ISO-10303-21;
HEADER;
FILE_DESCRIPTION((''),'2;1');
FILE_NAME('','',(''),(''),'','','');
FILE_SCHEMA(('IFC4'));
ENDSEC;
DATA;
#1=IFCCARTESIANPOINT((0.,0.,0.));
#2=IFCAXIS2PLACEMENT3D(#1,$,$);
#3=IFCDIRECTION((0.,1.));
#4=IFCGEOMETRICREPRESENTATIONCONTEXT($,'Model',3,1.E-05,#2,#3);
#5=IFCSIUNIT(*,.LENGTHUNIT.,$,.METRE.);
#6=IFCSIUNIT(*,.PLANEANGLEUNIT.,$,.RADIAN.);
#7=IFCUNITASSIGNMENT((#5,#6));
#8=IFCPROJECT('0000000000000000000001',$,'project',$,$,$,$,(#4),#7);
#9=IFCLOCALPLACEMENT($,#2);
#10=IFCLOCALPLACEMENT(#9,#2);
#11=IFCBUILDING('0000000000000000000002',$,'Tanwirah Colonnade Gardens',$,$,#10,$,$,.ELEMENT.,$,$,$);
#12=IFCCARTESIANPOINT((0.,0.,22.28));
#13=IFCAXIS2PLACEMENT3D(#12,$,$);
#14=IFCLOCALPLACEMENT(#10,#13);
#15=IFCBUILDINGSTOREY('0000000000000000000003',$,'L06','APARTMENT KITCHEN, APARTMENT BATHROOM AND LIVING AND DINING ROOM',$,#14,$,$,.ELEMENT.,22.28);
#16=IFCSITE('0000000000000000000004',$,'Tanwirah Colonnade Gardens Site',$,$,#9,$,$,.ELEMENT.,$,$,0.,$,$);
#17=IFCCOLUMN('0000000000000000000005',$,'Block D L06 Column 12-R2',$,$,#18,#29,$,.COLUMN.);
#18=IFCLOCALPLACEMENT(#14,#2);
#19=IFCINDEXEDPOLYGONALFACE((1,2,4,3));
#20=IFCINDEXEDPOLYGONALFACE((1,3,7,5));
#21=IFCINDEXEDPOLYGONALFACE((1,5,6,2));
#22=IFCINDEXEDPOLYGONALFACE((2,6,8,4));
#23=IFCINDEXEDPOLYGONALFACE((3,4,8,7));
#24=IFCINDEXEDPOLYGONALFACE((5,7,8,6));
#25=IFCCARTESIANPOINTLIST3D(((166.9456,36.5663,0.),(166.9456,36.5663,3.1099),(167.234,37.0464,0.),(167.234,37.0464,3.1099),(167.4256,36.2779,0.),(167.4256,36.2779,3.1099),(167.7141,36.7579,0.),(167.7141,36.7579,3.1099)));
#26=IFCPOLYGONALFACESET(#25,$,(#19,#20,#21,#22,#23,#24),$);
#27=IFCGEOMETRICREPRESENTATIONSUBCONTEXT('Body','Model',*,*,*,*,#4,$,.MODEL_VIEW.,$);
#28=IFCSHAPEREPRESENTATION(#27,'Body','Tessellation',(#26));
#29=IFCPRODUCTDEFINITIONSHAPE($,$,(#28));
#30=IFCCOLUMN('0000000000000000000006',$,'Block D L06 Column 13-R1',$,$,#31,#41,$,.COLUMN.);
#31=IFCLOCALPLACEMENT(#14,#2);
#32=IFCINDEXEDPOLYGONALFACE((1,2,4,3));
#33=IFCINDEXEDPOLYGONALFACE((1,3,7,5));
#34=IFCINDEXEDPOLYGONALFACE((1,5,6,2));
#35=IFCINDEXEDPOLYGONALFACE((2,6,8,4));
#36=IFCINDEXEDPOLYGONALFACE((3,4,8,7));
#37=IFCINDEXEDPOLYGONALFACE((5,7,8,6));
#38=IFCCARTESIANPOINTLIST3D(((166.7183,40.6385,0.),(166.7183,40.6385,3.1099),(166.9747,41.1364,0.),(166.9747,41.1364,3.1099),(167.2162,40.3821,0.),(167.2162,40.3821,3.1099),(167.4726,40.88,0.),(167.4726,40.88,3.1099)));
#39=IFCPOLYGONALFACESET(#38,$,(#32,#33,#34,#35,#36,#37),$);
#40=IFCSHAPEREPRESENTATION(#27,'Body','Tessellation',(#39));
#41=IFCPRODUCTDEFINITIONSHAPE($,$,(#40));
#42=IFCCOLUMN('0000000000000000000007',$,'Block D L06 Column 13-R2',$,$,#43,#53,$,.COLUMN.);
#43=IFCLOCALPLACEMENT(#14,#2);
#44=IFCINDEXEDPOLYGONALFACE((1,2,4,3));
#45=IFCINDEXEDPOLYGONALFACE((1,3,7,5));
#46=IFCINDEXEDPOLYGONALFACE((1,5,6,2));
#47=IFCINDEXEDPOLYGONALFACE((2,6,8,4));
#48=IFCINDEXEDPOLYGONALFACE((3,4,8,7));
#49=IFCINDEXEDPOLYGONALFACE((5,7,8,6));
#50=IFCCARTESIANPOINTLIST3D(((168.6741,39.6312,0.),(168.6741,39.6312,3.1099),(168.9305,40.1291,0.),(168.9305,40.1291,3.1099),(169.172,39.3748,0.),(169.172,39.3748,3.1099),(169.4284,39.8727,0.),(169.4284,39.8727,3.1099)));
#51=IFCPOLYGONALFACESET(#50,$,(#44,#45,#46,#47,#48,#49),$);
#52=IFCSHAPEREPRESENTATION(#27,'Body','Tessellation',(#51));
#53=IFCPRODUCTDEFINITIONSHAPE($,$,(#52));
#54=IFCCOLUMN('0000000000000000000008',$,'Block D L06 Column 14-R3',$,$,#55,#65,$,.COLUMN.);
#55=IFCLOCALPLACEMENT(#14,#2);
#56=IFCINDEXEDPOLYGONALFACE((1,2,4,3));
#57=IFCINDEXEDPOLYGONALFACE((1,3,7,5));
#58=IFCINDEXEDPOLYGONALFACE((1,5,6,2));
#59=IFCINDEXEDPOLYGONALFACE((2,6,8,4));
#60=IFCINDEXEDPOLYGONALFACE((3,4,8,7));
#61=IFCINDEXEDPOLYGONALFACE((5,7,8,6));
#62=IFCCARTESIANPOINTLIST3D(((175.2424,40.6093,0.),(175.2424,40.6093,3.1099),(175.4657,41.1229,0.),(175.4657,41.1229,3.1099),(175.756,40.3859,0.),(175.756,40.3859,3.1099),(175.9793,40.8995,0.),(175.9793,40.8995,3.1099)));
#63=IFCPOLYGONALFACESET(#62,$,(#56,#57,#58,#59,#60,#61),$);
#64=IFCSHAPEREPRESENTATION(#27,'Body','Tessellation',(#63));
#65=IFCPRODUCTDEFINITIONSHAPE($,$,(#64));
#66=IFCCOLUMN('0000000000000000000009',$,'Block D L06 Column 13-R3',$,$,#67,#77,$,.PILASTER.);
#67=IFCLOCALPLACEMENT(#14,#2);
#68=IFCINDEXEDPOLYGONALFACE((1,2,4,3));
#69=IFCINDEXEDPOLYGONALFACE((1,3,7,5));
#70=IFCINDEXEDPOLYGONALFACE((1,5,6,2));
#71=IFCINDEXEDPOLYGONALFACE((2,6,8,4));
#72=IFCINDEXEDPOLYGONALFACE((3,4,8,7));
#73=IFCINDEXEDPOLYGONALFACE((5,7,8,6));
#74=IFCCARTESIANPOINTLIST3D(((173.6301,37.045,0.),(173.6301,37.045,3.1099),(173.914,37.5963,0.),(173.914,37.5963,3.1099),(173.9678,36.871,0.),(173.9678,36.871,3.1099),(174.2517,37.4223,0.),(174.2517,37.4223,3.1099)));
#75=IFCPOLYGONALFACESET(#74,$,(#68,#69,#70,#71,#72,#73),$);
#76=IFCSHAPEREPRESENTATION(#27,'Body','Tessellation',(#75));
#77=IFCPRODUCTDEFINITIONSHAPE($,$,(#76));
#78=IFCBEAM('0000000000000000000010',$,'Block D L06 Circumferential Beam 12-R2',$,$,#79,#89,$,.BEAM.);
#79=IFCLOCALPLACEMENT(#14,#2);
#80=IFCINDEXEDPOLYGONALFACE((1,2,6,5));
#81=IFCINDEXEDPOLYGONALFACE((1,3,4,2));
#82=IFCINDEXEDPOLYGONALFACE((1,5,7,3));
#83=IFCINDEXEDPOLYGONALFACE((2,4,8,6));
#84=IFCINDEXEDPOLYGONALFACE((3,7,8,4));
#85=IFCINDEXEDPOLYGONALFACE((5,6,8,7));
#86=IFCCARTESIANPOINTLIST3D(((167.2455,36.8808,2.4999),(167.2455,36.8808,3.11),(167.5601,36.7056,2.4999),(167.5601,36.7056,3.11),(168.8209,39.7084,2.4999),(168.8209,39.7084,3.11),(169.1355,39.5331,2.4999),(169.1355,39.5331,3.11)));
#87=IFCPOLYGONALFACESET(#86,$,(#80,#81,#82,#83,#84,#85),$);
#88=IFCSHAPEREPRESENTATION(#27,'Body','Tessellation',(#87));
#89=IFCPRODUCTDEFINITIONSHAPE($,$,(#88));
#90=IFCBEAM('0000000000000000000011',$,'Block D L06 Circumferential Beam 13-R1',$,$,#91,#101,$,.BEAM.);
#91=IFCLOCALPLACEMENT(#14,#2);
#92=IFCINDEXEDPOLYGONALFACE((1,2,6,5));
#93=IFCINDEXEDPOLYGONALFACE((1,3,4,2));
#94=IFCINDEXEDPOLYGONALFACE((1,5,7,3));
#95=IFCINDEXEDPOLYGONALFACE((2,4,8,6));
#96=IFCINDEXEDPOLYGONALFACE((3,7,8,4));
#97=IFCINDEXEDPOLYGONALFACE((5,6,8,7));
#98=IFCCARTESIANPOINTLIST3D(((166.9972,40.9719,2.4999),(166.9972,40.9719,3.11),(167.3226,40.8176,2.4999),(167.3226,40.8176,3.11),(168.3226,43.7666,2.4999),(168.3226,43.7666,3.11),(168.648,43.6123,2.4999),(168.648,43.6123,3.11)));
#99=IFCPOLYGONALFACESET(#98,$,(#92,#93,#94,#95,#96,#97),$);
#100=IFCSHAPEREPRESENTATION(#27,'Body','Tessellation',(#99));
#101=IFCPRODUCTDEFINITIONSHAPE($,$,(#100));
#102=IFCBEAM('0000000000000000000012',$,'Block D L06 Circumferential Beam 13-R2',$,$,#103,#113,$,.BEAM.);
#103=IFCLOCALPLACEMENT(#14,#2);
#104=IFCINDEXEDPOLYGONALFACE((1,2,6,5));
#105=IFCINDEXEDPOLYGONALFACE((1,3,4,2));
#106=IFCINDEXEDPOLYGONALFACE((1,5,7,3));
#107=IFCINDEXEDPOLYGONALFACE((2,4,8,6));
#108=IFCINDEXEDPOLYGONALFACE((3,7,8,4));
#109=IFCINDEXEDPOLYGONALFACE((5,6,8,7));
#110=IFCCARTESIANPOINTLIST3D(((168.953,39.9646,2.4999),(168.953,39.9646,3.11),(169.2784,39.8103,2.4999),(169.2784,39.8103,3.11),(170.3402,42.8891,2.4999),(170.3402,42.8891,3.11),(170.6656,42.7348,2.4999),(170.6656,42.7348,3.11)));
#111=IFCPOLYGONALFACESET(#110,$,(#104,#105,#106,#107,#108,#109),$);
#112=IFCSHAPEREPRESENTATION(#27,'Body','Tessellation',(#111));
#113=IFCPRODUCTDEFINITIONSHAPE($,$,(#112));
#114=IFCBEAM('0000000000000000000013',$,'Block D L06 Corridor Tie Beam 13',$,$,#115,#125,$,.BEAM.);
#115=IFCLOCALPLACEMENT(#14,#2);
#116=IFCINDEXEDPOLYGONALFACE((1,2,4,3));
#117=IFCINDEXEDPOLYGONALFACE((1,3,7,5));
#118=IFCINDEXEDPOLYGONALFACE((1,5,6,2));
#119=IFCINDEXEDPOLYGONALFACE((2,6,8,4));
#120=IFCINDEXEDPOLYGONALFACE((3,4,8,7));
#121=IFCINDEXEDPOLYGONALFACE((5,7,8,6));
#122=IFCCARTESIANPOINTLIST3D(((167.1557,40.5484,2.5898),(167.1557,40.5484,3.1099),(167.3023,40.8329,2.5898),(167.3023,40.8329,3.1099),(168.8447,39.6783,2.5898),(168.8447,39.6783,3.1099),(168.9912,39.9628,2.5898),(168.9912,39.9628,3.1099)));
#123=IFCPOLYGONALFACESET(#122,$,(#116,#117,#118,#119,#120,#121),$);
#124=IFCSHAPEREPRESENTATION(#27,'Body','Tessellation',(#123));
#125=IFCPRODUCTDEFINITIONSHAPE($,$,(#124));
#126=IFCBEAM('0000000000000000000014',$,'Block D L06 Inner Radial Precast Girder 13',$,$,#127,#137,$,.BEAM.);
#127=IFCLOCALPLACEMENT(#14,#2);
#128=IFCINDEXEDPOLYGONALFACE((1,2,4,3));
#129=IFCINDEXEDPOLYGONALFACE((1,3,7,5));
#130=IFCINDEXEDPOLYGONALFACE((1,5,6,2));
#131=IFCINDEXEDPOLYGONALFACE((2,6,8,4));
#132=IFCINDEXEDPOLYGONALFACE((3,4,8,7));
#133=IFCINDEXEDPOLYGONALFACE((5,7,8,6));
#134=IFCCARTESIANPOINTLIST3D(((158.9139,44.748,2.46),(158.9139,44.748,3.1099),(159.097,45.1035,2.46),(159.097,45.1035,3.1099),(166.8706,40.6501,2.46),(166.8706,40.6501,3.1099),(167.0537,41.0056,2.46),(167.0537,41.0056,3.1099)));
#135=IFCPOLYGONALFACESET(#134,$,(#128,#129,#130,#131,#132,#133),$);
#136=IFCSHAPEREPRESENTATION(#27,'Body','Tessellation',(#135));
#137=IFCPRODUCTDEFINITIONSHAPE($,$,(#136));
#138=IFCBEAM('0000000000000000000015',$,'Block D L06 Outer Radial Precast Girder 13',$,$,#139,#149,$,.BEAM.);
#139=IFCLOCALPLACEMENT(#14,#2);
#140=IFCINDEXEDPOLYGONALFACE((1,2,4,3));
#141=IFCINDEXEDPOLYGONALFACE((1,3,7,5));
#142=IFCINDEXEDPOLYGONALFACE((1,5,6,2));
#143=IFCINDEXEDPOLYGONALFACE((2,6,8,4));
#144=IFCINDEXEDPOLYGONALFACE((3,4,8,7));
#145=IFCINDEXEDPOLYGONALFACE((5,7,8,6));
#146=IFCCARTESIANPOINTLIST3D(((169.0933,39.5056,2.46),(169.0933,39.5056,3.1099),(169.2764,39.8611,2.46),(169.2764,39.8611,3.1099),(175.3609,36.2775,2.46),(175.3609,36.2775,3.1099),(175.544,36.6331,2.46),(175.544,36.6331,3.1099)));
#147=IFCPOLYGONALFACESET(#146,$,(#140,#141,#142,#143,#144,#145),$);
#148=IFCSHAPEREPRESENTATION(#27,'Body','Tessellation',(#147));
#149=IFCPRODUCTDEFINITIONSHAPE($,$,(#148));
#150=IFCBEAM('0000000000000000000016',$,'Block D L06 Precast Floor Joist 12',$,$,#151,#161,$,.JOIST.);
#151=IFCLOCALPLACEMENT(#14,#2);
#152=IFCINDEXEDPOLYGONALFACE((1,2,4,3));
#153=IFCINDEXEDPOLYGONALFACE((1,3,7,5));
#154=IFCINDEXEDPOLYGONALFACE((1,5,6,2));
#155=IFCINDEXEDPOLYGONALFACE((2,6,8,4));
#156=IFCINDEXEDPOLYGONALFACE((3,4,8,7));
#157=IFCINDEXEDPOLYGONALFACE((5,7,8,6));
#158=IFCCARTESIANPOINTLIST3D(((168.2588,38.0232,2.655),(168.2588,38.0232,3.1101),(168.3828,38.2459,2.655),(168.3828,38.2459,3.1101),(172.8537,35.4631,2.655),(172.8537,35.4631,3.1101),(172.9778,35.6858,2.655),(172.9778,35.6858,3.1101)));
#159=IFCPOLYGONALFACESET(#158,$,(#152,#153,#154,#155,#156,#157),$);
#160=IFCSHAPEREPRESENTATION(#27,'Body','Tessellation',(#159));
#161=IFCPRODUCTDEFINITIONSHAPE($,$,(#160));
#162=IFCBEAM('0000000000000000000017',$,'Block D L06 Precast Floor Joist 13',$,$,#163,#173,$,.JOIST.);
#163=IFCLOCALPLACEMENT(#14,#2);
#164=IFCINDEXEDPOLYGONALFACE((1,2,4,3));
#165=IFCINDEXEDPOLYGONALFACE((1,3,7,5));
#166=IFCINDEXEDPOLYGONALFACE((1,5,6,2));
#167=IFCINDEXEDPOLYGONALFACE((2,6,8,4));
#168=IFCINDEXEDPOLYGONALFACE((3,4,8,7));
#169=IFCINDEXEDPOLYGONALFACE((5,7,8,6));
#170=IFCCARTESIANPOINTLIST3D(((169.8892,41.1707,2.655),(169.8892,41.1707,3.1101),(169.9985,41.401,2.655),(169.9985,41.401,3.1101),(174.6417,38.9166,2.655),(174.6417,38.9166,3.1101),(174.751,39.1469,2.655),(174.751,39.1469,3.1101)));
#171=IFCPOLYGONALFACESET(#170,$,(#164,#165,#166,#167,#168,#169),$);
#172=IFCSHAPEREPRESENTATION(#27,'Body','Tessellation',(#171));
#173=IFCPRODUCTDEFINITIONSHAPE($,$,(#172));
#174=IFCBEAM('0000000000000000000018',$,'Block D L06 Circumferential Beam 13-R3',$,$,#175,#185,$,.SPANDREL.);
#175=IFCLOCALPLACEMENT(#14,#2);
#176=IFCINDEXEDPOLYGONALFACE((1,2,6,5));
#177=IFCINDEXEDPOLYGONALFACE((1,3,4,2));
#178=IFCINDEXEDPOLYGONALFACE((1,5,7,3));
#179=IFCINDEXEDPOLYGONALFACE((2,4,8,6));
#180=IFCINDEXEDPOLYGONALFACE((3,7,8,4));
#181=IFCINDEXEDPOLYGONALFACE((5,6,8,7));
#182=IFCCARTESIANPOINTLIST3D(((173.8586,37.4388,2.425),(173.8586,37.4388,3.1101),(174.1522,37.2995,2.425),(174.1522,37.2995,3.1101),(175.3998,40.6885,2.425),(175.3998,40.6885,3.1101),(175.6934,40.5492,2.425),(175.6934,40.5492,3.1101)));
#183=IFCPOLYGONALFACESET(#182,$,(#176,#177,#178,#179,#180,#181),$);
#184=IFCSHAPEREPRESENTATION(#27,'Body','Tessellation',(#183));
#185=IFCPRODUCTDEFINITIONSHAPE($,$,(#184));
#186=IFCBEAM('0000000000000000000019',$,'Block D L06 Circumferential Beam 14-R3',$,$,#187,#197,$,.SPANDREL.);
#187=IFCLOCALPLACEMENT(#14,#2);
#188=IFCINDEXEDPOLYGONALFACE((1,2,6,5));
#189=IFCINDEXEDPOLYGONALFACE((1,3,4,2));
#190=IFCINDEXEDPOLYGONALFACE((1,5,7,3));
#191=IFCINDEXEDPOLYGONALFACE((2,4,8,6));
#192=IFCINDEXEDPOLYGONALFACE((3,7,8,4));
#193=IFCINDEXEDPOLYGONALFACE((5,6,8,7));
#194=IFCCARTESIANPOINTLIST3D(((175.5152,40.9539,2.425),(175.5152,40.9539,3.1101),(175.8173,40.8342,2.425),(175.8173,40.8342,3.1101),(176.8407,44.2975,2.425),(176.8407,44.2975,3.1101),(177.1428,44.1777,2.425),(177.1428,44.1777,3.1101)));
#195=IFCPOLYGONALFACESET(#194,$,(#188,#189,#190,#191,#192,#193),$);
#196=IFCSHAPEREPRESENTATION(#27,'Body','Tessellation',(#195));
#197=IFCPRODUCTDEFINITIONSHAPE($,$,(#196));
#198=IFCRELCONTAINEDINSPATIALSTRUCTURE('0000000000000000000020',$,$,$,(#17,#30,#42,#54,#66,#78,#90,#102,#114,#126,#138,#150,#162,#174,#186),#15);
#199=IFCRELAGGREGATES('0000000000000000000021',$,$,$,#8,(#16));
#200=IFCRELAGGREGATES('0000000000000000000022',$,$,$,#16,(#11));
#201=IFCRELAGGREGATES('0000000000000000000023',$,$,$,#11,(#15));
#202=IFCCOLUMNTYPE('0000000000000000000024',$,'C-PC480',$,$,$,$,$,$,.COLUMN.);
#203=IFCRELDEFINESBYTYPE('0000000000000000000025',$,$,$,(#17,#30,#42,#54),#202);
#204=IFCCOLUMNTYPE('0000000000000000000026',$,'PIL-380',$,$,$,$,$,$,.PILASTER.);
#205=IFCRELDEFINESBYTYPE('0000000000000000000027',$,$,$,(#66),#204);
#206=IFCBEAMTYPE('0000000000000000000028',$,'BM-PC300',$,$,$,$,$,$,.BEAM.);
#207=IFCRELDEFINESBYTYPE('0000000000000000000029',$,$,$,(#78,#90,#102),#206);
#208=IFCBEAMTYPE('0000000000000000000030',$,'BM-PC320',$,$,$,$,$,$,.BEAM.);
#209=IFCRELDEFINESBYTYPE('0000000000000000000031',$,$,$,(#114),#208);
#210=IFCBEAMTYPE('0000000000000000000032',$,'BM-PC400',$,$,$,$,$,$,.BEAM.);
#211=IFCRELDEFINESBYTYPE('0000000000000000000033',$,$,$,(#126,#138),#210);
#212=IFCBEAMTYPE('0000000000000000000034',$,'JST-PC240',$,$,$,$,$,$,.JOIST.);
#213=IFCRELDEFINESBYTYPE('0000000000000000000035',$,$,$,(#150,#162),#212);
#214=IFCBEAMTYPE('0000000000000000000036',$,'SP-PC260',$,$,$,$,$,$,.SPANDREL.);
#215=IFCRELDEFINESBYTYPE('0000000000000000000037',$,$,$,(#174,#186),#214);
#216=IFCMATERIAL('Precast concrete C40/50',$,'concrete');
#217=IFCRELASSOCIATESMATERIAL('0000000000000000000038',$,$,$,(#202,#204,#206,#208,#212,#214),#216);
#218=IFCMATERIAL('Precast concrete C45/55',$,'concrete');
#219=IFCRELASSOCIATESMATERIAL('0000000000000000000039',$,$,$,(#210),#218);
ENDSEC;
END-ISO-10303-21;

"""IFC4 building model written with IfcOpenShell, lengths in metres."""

from ifc_helpers import new_model, si_unit, direction, frame, origin, origin_2d, place, context, subcontext, project, spatial, rectangle, extrude, material, material_profile, profile_set, type_object, element, save


model = new_model("IFC4")

# Units and contexts
model_context = context("Model", 3, precision=1e-05, world=origin(), true_north=direction((0.0, 1.0)))
body_context = subcontext(model_context, "Body", "Model", "MODEL_VIEW")
ifc_project = project(units=[si_unit("LENGTHUNIT", "METRE"), si_unit("PLANEANGLEUNIT", "RADIAN")], contexts=[model_context])

# Site, building, storey
site_placement = place(None, origin())
site = spatial("IfcSite", under=ifc_project, at=site_placement, Name="Tanwirah Colonnade Gardens Site", CompositionType="ELEMENT", RefElevation=0.0)
building_placement = place(site_placement, origin())
building = spatial("IfcBuilding", under=site, at=building_placement, Name="Tanwirah Colonnade Gardens", CompositionType="ELEMENT")
storey_placement = place(building_placement, frame((0.0, 0.0, 22.28)))
storey = spatial("IfcBuildingStorey", under=building, at=storey_placement, Name="L06", Description="APARTMENT KITCHEN, APARTMENT BATHROOM AND LIVING AND DINING ROOM", CompositionType="ELEMENT", Elevation=22.28)

# Columns
ifc_material_1 = material(Name="Precast concrete C40/50", Category="concrete")
ifc_material_profile_1 = material_profile(ifc_material_1, rectangle(XDim=0.5601, YDim=0.5601, at=origin_2d()), Name="PC-COL 560x560")
ifc_profile_set_1 = profile_set([ifc_material_profile_1], Name="Precast concrete C40/50")
column_type_1 = type_object("IfcColumnType", Name="C-PC480", PredefinedType="COLUMN", material=ifc_profile_set_1)
for number, where, z_axis, x_axis, name in (
    (1, (167.3298, 36.6621, 0.0), (0.0, 0.0, 1.0), (0.857167, -0.515038, 0.0), "Block D L06 Column 12-R2"),
    (2, (167.0955, 40.7593, 0.0), (0.0, 0.0, 1.0), (0.889017, -0.457874, 0.0), "Block D L06 Column 13-R1"),
    (3, (169.0513, 39.752, 0.0), (0.0, 0.0, 1.0), (0.889017, -0.457874, 0.0), "Block D L06 Column 13-R2"),
    (4, (175.6108, 40.7544, 0.0), (0.0, 0.0, 1.0), (0.91706, -0.398749, 0.0), "Block D L06 Column 14-R3"),
):
    element("IfcColumn", number, at=place(storey_placement, frame(where, z_axis=z_axis, x_axis=x_axis)), inside=storey, type_object=column_type_1, Name=name, PredefinedType="COLUMN", context=body_context, shape_type="SweptSolid", body=[
        extrude(rectangle(XDim=0.5601, YDim=0.5601, at=origin_2d()), origin(), (0.0, 0.0, 1.0), 3.1099),
    ])
ifc_material_profile_2 = material_profile(ifc_material_1, rectangle(XDim=0.3799, YDim=0.6201, at=origin_2d()), Name="PC-PIL 380x620")
ifc_profile_set_2 = profile_set([ifc_material_profile_2], Name="Precast concrete C40/50")
column_type_2 = type_object("IfcColumnType", Name="PIL-380", PredefinedType="PILASTER", material=ifc_profile_set_2)
column_placement = place(storey_placement, frame((173.9409, 37.2336, 0.0), z_axis=(0.0, 0.0, 1.0), x_axis=(0.889017, -0.457874, 0.0)))
element("IfcColumn", 5, at=column_placement, inside=storey, type_object=column_type_2, Name="Block D L06 Column 13-R3", PredefinedType="PILASTER", context=body_context, shape_type="SweptSolid", body=[
    extrude(rectangle(XDim=0.3799, YDim=0.6201, at=origin_2d()), origin(), (0.0, 0.0, 1.0), 3.1099),
])

# Beams
ifc_material_profile_3 = material_profile(ifc_material_1, rectangle(XDim=0.3601, YDim=0.6101, at=origin_2d()), Name="PC-BM 360x610")
ifc_profile_set_3 = profile_set([ifc_material_profile_3], Name="Precast concrete C40/50")
beam_type_1 = type_object("IfcBeamType", Name="BM-PC300", PredefinedType="BEAM", material=ifc_profile_set_3)
beam_1_placement = place(storey_placement, frame((167.4028, 36.7932, 2.8049), z_axis=(0.486712, 0.873562, 0.0), x_axis=(-0.873562, 0.486712, 0.0)))
element("IfcBeam", 6, at=beam_1_placement, inside=storey, type_object=beam_type_1, Name="Block D L06 Circumferential Beam 12-R2", PredefinedType="BEAM", context=body_context, shape_type="SweptSolid", body=[
    extrude(rectangle(XDim=0.3601, YDim=0.6101, at=origin_2d()), origin(), (0.0, 0.0, 1.0), 3.2368),
])
beam_2_placement = place(storey_placement, frame((167.1599, 40.8948, 2.8049), z_axis=(0.428521, 0.903532, 0.0), x_axis=(-0.903532, 0.428521, 0.0)))
element("IfcBeam", 7, at=beam_2_placement, inside=storey, type_object=beam_type_1, Name="Block D L06 Circumferential Beam 13-R1", PredefinedType="BEAM", context=body_context, shape_type="SweptSolid", body=[
    extrude(rectangle(XDim=0.3601, YDim=0.6101, at=origin_2d()), origin(), (0.0, 0.0, 1.0), 3.093),
])
beam_3_placement = place(storey_placement, frame((169.1157, 39.8875, 2.8049), z_axis=(0.428563, 0.903512, 0.0), x_axis=(-0.903512, 0.428563, 0.0)))
element("IfcBeam", 8, at=beam_3_placement, inside=storey, type_object=beam_type_1, Name="Block D L06 Circumferential Beam 13-R2", PredefinedType="BEAM", context=body_context, shape_type="SweptSolid", body=[
    extrude(rectangle(XDim=0.3601, YDim=0.6101, at=origin_2d()), origin(), (0.0, 0.0, 1.0), 3.2368),
])
ifc_material_profile_4 = material_profile(ifc_material_1, rectangle(XDim=0.3201, YDim=0.52, at=origin_2d()), Name="PC-BM 320x520")
ifc_profile_set_4 = profile_set([ifc_material_profile_4], Name="Precast concrete C40/50")
beam_type_2 = type_object("IfcBeamType", Name="BM-PC320", PredefinedType="BEAM", material=ifc_profile_set_4)
beam_4_placement = place(storey_placement, frame((167.229, 40.6907, 2.8499), z_axis=(0.888965, -0.457975, 0.0), x_axis=(0.457975, 0.888965, 0.0)))
element("IfcBeam", 9, at=beam_4_placement, inside=storey, type_object=beam_type_2, Name="Block D L06 Corridor Tie Beam 13", PredefinedType="BEAM", context=body_context, shape_type="SweptSolid", body=[
    extrude(rectangle(XDim=0.3201, YDim=0.52, at=origin_2d()), origin(), (0.0, 0.0, 1.0), 1.8999),
])
ifc_material_2 = material(Name="Precast concrete C45/55", Category="concrete")
ifc_material_profile_5 = material_profile(ifc_material_2, rectangle(XDim=0.3999, YDim=0.6499, at=origin_2d()), Name="PC-BM 400x650")
ifc_profile_set_5 = profile_set([ifc_material_profile_5], Name="Precast concrete C45/55")
beam_type_3 = type_object("IfcBeamType", Name="BM-PC400", PredefinedType="BEAM", material=ifc_profile_set_5)
beam_5_placement = place(storey_placement, frame((166.9622, 40.8279, 2.7849), z_axis=(-0.889022, 0.457864, 0.0), x_axis=(-0.457864, -0.889022, 0.0)))
element("IfcBeam", 10, at=beam_5_placement, inside=storey, type_object=beam_type_3, Name="Block D L06 Inner Radial Precast Girder 13", PredefinedType="BEAM", context=body_context, shape_type="SweptSolid", body=[
    extrude(rectangle(XDim=0.3999, YDim=0.6499, at=origin_2d()), origin(), (0.0, 0.0, 1.0), 8.95),
])
beam_6_placement = place(storey_placement, frame((169.1848, 39.6833, 2.7849), z_axis=(0.889016, -0.457875, 0.0), x_axis=(0.457875, 0.889016, 0.0)))
element("IfcBeam", 11, at=beam_6_placement, inside=storey, type_object=beam_type_3, Name="Block D L06 Outer Radial Precast Girder 13", PredefinedType="BEAM", context=body_context, shape_type="SweptSolid", body=[
    extrude(rectangle(XDim=0.3999, YDim=0.6499, at=origin_2d()), origin(), (0.0, 0.0, 1.0), 7.05),
])
ifc_material_profile_6 = material_profile(ifc_material_1, rectangle(XDim=0.2549, YDim=0.4551, at=origin_2d()), Name="PC-JST 255x455")
ifc_profile_set_6 = profile_set([ifc_material_profile_6], Name="Precast concrete C40/50")
beam_type_4 = type_object("IfcBeamType", Name="JST-PC240", PredefinedType="JOIST", material=ifc_profile_set_6)
for number, where, z_axis, x_axis, name in (
    (12, (168.3208, 38.1345, 2.8826), (0.873568, -0.486703, 0.0), (0.486703, 0.873568, 0.0), "Block D L06 Precast Floor Joist 12"),
    (13, (169.9438, 41.2859, 2.8826), (0.903518, -0.428551, 0.0), (0.428551, 0.903518, 0.0), "Block D L06 Precast Floor Joist 13"),
):
    element("IfcBeam", number, at=place(storey_placement, frame(where, z_axis=z_axis, x_axis=x_axis)), inside=storey, type_object=beam_type_4, Name=name, PredefinedType="JOIST", context=body_context, shape_type="SweptSolid", body=[
        extrude(rectangle(XDim=0.2549, YDim=0.4551, at=origin_2d()), origin(), (0.0, 0.0, 1.0), 5.26),
    ])
ifc_material_profile_7 = material_profile(ifc_material_1, rectangle(XDim=0.325, YDim=0.6851, at=origin_2d()), Name="PC-SP 325x685")
ifc_profile_set_7 = profile_set([ifc_material_profile_7], Name="Precast concrete C40/50")
beam_type_5 = type_object("IfcBeamType", Name="SP-PC260", PredefinedType="SPANDREL", material=ifc_profile_set_7)
for number, where, z_axis, x_axis, name in (
    (14, (174.0054, 37.3691, 2.7676), (0.428518, 0.903533, 0.0), (-0.903533, 0.428518, 0.0), "Block D L06 Circumferential Beam 13-R3"),
    (15, (175.6663, 40.894, 2.7676), (0.368522, 0.929619, 0.0), (-0.929619, 0.368522, 0.0), "Block D L06 Circumferential Beam 14-R3"),
):
    element("IfcBeam", number, at=place(storey_placement, frame(where, z_axis=z_axis, x_axis=x_axis)), inside=storey, type_object=beam_type_5, Name=name, PredefinedType="SPANDREL", context=body_context, shape_type="SweptSolid", body=[
        extrude(rectangle(XDim=0.325, YDim=0.6851, at=origin_2d()), origin(), (0.0, 0.0, 1.0), 3.5967),
    ])

save(model, "model.ifc")
